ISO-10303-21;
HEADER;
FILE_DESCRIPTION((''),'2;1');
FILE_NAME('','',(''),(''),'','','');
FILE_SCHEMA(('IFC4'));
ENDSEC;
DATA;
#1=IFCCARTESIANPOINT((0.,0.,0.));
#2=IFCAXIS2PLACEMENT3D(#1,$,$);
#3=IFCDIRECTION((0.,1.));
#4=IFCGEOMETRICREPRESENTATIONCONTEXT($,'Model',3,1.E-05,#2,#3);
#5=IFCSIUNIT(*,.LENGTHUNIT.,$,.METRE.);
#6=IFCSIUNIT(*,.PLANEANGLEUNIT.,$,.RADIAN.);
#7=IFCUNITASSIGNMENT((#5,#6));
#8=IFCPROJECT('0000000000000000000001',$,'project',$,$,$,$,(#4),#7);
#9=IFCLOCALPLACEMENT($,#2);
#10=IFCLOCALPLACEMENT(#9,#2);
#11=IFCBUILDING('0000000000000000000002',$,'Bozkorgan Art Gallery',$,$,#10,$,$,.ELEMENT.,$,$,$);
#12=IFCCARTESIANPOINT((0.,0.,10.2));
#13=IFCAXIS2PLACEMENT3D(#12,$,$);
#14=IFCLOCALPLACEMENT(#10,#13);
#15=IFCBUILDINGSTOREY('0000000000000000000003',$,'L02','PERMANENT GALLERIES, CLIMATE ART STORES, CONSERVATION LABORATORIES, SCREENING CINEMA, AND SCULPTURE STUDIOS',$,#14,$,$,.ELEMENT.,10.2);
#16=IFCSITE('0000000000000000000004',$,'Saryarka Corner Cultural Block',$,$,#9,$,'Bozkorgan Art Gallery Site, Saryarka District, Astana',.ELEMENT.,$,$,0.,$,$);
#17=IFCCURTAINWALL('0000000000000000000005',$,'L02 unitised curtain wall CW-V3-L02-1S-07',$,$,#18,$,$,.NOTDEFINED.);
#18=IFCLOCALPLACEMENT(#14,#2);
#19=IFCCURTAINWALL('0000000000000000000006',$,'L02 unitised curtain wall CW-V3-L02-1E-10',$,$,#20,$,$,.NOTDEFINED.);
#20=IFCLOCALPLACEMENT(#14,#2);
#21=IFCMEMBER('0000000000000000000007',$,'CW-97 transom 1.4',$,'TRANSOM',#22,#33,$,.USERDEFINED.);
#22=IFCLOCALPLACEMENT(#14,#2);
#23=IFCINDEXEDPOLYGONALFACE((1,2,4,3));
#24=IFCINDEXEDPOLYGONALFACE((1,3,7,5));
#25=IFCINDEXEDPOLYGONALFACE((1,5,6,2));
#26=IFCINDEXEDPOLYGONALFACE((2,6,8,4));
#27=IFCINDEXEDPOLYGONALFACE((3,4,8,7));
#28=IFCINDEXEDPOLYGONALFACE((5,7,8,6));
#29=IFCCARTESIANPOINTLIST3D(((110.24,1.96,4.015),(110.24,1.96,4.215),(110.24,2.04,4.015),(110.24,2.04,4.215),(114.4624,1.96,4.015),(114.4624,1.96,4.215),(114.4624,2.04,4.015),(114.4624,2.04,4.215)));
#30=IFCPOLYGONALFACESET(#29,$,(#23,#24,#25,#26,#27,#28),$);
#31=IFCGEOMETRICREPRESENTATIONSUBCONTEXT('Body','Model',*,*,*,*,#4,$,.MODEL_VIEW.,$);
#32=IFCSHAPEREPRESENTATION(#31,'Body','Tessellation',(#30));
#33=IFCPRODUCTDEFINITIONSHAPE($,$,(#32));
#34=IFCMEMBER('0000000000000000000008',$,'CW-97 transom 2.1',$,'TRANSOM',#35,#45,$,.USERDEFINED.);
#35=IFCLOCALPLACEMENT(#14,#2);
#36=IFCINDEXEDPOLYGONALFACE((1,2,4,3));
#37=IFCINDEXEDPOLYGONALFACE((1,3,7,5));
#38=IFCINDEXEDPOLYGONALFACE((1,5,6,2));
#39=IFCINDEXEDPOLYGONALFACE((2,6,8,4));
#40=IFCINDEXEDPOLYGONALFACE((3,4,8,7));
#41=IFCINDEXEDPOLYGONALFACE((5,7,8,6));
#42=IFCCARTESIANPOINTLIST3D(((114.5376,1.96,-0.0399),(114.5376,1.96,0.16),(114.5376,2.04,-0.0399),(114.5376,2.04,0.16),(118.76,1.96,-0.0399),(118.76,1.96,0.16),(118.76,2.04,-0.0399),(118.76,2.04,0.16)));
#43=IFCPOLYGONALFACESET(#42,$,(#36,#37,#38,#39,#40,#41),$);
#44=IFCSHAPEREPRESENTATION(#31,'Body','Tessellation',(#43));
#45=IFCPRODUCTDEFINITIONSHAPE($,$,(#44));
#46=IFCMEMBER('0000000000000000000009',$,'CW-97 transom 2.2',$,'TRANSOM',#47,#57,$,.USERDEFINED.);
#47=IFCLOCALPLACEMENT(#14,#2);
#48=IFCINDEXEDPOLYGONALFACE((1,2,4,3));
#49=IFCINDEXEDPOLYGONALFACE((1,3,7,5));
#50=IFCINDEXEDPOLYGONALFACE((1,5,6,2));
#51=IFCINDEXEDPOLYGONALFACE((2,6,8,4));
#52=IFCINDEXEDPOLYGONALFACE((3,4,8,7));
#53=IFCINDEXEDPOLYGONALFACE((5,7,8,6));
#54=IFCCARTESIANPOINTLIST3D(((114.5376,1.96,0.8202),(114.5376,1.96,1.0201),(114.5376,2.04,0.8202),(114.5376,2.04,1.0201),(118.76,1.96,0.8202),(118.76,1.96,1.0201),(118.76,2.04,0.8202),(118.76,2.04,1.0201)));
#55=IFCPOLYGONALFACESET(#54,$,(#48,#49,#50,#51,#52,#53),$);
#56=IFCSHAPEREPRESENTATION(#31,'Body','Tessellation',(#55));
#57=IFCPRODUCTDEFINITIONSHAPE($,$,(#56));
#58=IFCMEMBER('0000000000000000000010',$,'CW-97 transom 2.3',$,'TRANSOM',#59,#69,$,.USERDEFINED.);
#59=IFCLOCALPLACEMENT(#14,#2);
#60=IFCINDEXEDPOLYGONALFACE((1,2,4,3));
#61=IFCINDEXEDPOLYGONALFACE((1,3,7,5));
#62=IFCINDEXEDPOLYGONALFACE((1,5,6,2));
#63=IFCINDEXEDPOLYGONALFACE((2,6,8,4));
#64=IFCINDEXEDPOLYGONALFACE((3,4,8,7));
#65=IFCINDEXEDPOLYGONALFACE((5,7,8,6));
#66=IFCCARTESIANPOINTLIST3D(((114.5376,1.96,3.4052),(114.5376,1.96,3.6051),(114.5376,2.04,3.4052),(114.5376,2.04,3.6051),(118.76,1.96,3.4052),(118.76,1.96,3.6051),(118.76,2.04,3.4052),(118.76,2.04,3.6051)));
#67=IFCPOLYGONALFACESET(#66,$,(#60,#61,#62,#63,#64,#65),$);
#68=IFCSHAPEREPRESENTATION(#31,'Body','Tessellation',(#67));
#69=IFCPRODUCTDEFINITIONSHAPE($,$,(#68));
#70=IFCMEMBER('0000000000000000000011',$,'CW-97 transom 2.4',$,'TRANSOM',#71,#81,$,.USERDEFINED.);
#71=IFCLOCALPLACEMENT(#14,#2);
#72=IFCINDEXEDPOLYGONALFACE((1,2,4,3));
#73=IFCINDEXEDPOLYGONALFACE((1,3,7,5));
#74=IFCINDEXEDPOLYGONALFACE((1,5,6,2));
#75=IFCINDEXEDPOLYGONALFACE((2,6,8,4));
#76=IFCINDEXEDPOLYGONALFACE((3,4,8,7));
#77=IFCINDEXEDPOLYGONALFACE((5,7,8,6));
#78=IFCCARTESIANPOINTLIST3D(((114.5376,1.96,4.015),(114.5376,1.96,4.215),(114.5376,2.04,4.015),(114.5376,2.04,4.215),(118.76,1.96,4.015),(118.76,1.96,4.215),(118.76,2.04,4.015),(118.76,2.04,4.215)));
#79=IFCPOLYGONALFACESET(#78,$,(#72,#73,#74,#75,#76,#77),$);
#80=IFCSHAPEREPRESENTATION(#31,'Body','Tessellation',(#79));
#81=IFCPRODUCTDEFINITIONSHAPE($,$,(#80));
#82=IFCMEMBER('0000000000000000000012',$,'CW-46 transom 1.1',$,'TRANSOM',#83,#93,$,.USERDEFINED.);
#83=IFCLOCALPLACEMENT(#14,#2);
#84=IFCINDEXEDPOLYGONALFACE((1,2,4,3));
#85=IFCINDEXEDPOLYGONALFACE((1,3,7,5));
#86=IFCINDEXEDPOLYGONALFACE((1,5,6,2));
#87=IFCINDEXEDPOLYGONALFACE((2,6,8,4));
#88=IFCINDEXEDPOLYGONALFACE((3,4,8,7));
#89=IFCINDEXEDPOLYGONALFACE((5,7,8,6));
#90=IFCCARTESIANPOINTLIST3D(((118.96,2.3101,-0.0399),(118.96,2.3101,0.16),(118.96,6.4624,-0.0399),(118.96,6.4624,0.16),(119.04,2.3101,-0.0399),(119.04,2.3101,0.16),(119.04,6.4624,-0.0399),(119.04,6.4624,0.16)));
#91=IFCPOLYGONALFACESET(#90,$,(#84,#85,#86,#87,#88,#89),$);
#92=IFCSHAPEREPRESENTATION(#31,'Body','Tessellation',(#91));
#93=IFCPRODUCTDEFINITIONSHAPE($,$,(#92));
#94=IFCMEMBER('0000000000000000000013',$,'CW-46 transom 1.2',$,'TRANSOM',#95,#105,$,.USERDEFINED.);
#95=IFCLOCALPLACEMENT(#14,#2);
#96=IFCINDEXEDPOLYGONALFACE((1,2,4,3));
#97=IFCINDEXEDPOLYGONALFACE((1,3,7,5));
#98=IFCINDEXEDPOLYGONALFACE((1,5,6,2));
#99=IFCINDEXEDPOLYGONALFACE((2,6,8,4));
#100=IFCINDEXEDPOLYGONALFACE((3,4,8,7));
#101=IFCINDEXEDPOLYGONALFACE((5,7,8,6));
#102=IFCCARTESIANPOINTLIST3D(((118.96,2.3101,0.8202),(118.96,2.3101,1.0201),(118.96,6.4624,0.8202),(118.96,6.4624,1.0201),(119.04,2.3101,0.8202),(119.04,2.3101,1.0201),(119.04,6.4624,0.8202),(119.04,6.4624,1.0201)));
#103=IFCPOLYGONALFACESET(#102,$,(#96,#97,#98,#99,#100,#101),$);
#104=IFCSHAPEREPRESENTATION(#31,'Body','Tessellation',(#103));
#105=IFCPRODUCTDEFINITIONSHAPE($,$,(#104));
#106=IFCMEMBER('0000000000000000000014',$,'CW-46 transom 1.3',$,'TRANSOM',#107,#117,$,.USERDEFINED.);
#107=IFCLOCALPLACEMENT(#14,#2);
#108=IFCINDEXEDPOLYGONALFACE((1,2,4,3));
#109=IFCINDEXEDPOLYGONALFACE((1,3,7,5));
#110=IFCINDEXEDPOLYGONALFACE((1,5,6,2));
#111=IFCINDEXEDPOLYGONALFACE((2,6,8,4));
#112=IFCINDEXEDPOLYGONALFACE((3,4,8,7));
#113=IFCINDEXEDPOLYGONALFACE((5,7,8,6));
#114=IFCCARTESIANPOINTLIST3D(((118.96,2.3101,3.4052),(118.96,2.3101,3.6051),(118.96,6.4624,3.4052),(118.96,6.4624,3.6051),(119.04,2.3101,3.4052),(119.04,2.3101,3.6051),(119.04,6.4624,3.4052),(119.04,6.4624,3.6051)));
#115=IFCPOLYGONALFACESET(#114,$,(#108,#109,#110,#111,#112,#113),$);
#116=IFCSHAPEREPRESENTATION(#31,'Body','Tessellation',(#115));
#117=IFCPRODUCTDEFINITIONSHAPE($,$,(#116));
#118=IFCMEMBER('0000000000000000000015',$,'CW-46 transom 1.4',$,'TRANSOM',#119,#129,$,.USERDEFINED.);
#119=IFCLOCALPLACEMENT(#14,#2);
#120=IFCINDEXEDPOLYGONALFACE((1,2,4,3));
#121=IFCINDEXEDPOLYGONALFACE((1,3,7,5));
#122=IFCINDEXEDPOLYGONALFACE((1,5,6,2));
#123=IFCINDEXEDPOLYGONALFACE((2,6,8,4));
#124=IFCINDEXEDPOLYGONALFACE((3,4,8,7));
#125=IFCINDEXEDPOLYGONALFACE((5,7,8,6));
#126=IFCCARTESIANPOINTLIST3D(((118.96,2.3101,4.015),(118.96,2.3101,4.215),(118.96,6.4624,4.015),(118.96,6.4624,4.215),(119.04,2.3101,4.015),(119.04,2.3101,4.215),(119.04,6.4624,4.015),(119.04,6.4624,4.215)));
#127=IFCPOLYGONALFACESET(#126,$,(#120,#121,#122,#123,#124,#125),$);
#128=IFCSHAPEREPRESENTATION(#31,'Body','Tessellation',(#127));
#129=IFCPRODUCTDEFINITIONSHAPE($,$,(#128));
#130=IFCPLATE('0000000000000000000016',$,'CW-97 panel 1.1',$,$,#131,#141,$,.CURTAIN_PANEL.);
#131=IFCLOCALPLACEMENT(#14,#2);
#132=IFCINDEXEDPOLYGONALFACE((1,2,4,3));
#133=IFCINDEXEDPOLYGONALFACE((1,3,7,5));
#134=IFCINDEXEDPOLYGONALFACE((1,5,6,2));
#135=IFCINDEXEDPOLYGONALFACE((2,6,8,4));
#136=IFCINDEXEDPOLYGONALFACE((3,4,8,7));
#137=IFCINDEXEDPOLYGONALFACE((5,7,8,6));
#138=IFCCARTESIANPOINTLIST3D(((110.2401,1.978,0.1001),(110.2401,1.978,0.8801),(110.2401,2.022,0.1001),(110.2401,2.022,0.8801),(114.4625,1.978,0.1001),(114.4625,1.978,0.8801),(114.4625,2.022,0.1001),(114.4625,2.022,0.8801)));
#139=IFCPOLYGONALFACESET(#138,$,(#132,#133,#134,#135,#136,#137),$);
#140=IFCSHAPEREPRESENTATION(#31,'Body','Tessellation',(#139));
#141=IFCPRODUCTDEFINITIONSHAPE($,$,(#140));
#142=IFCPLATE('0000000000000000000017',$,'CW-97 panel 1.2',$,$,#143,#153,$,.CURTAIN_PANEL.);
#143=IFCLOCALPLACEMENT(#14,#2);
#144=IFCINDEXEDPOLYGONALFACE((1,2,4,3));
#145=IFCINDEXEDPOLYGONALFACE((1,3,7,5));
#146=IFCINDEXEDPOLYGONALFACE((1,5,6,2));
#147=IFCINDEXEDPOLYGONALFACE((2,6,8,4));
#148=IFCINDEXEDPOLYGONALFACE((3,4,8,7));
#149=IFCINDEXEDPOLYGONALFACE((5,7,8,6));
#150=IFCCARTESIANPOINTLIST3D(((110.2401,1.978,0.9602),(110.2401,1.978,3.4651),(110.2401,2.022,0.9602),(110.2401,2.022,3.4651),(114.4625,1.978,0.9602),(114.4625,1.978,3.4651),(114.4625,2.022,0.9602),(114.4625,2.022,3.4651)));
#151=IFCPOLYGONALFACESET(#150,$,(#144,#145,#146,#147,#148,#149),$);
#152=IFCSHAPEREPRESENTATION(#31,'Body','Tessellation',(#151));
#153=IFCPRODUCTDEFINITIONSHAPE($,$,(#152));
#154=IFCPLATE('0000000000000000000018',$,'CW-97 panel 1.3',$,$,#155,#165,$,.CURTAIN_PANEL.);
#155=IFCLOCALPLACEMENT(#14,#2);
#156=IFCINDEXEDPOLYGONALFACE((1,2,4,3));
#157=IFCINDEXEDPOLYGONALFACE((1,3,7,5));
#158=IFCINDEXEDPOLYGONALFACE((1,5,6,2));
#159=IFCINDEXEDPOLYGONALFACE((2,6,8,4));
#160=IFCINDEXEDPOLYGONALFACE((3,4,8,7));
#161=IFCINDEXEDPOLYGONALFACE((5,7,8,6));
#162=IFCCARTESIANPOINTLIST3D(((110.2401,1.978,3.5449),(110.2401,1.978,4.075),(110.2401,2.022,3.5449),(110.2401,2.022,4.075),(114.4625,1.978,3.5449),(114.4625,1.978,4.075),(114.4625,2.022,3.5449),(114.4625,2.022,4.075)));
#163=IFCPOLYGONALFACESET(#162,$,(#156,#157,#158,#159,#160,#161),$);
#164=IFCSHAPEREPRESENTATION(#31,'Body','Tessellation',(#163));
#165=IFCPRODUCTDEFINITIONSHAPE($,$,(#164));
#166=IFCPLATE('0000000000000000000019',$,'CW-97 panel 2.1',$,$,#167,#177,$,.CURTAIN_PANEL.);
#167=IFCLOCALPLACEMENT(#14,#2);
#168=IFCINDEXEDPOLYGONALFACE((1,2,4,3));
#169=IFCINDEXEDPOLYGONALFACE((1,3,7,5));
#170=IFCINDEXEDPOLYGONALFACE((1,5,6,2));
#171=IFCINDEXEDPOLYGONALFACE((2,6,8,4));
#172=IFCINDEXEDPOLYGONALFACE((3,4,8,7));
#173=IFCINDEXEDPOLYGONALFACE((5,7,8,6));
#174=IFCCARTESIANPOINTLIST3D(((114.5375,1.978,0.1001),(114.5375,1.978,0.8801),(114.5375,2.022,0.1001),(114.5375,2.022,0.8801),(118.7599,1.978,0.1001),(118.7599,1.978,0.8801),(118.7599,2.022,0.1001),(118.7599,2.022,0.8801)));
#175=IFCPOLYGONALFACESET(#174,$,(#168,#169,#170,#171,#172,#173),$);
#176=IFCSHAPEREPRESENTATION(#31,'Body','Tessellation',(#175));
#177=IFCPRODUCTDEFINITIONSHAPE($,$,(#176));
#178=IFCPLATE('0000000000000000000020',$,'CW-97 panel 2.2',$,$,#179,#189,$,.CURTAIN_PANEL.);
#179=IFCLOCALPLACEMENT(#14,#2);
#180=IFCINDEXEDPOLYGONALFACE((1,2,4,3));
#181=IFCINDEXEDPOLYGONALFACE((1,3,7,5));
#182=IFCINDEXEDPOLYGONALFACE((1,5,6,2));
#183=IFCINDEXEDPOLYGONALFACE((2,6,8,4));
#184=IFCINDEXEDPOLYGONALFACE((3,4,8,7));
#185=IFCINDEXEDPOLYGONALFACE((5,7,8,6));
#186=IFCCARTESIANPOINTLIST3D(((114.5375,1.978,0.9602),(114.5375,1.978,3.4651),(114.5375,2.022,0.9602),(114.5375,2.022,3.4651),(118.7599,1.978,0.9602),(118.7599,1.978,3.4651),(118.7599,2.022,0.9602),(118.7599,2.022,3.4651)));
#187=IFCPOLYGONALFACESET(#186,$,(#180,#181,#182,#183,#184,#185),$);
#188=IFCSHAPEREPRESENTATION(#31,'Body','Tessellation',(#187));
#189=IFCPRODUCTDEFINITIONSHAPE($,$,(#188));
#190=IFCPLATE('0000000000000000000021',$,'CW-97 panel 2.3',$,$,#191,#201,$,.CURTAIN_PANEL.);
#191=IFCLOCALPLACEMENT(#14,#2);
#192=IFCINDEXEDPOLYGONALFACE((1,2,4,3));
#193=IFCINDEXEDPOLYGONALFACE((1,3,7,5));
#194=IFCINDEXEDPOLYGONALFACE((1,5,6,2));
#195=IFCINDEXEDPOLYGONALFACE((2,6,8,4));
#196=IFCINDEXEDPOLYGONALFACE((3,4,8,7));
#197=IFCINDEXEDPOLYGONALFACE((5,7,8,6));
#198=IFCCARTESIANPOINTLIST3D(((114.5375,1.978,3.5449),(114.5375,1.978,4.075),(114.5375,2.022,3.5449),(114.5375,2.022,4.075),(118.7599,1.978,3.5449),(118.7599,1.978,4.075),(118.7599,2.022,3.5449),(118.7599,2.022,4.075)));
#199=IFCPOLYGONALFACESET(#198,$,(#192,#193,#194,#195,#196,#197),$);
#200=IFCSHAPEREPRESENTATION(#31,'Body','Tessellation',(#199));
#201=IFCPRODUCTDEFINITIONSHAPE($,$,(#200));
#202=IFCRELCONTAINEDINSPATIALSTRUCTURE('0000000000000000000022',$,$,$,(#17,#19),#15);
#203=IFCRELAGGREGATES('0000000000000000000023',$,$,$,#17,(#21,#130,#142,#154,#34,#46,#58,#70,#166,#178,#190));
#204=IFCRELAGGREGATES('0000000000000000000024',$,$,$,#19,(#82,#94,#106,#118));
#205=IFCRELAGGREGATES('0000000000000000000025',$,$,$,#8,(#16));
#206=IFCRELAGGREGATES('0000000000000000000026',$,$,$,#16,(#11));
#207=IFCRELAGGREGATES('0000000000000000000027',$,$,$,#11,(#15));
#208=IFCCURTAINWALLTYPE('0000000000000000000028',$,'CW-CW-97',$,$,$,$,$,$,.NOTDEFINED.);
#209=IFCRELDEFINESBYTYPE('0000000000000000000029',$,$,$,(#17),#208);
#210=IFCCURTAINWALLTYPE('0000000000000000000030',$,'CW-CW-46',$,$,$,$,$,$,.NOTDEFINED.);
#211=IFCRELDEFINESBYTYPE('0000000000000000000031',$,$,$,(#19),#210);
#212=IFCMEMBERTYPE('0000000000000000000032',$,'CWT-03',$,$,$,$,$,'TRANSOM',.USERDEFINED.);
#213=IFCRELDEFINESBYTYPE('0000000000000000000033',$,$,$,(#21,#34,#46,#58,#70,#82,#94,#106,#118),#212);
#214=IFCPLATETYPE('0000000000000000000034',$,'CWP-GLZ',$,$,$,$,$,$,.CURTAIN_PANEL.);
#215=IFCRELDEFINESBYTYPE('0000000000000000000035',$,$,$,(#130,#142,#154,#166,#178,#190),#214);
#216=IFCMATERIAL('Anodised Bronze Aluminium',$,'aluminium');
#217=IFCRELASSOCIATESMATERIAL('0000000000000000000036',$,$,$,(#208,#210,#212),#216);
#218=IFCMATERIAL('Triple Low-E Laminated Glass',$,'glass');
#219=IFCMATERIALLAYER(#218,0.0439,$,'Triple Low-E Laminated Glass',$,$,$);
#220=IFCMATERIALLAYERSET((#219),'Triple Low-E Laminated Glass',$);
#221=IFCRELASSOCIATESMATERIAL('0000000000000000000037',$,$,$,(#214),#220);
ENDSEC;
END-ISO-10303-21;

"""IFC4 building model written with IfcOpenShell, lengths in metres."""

from ifc_helpers import new_model, si_unit, direction, frame, origin, origin_2d, place, context, subcontext, project, spatial, rectangle, extrude, material, layer, layer_set, material_profile, profile_set, type_object, element, aggregate, save


model = new_model("IFC4")

# Units and contexts
model_context = context("Model", 3, precision=1e-05, world=origin(), true_north=direction((0.0, 1.0)))
body_context = subcontext(model_context, "Body", "Model", "MODEL_VIEW")
ifc_project = project(units=[si_unit("LENGTHUNIT", "METRE"), si_unit("PLANEANGLEUNIT", "RADIAN")], contexts=[model_context])

# Site, building, storey
site_placement = place(None, origin())
site = spatial("IfcSite", under=ifc_project, at=site_placement, Name="Saryarka Corner Cultural Block", LongName="Bozkorgan Art Gallery Site, Saryarka District, Astana", CompositionType="ELEMENT", RefElevation=0.0)
building_placement = place(site_placement, origin())
building = spatial("IfcBuilding", under=site, at=building_placement, Name="Bozkorgan Art Gallery", CompositionType="ELEMENT")
storey_placement = place(building_placement, frame((0.0, 0.0, 10.2)))
storey = spatial("IfcBuildingStorey", under=building, at=storey_placement, Name="L02", Description="PERMANENT GALLERIES, CLIMATE ART STORES, CONSERVATION LABORATORIES, SCREENING CINEMA, AND SCULPTURE STUDIOS", CompositionType="ELEMENT", Elevation=10.2)

# Curtain walls
ifc_material_1 = material(Name="Anodised Bronze Aluminium", Category="aluminium")
curtain_wall_type_1 = type_object("IfcCurtainWallType", Name="CW-CW-97", PredefinedType="NOTDEFINED", material=ifc_material_1)
curtain_wall_1_placement = place(storey_placement, origin())
curtain_wall_1 = element("IfcCurtainWall", 1, at=curtain_wall_1_placement, inside=storey, type_object=curtain_wall_type_1, Name="L02 unitised curtain wall CW-V3-L02-1S-07", PredefinedType="NOTDEFINED")
curtain_wall_type_2 = type_object("IfcCurtainWallType", Name="CW-CW-46", PredefinedType="NOTDEFINED", material=ifc_material_1)
curtain_wall_2_placement = place(storey_placement, origin())
curtain_wall_2 = element("IfcCurtainWall", 2, at=curtain_wall_2_placement, inside=storey, type_object=curtain_wall_type_2, Name="L02 unitised curtain wall CW-V3-L02-1E-10", PredefinedType="NOTDEFINED")

# Members
ifc_material_profile_1 = material_profile(ifc_material_1, rectangle(XDim=0.0801, YDim=0.2, at=origin_2d()), Name="ALU TRANSOM 80x200")
ifc_profile_set_1 = profile_set([ifc_material_profile_1], Name="Anodised Bronze Aluminium")
member_type_1 = type_object("IfcMemberType", Name="CWT-03", ElementType="TRANSOM", PredefinedType="USERDEFINED", material=ifc_profile_set_1)
member_1_placement = place(storey_placement, frame((110.24, 2.0, 4.115), z_axis=(1.0, 0.0, 0.0), x_axis=(0.0, 1.0, 0.0)))
member_1 = element("IfcMember", 3, at=member_1_placement, type_object=member_type_1, Name="CW-97 transom 1.4", ObjectType="TRANSOM", PredefinedType="USERDEFINED", context=body_context, shape_type="SweptSolid", body=[
    extrude(rectangle(XDim=0.0801, YDim=0.2, at=origin_2d()), origin(), (0.0, 0.0, 1.0), 4.2224),
])
member_2_placement = place(storey_placement, frame((114.5376, 2.0, 0.0601), z_axis=(1.0, 0.0, 0.0), x_axis=(0.0, 1.0, 0.0)))
member_2 = element("IfcMember", 4, at=member_2_placement, type_object=member_type_1, Name="CW-97 transom 2.1", ObjectType="TRANSOM", PredefinedType="USERDEFINED", context=body_context, shape_type="SweptSolid", body=[
    extrude(rectangle(XDim=0.0801, YDim=0.2, at=origin_2d()), origin(), (0.0, 0.0, 1.0), 4.2224),
])
member_3_placement = place(storey_placement, frame((114.5376, 2.0, 0.9202), z_axis=(1.0, 0.0, 0.0), x_axis=(0.0, 1.0, 0.0)))
member_3 = element("IfcMember", 5, at=member_3_placement, type_object=member_type_1, Name="CW-97 transom 2.2", ObjectType="TRANSOM", PredefinedType="USERDEFINED", context=body_context, shape_type="SweptSolid", body=[
    extrude(rectangle(XDim=0.0801, YDim=0.2, at=origin_2d()), origin(), (0.0, 0.0, 1.0), 4.2224),
])
member_4_placement = place(storey_placement, frame((114.5376, 2.0, 3.5051), z_axis=(1.0, 0.0, 0.0), x_axis=(0.0, 1.0, 0.0)))
member_4 = element("IfcMember", 6, at=member_4_placement, type_object=member_type_1, Name="CW-97 transom 2.3", ObjectType="TRANSOM", PredefinedType="USERDEFINED", context=body_context, shape_type="SweptSolid", body=[
    extrude(rectangle(XDim=0.0801, YDim=0.2, at=origin_2d()), origin(), (0.0, 0.0, 1.0), 4.2224),
])
member_5_placement = place(storey_placement, frame((114.5376, 2.0, 4.115), z_axis=(1.0, 0.0, 0.0), x_axis=(0.0, 1.0, 0.0)))
member_5 = element("IfcMember", 7, at=member_5_placement, type_object=member_type_1, Name="CW-97 transom 2.4", ObjectType="TRANSOM", PredefinedType="USERDEFINED", context=body_context, shape_type="SweptSolid", body=[
    extrude(rectangle(XDim=0.0801, YDim=0.2, at=origin_2d()), origin(), (0.0, 0.0, 1.0), 4.2224),
])
member_6_placement = place(storey_placement, frame((119.0, 2.3101, 0.0601), z_axis=(0.0, 1.0, 0.0), x_axis=(-1.0, 0.0, 0.0)))
member_6 = element("IfcMember", 8, at=member_6_placement, type_object=member_type_1, Name="CW-46 transom 1.1", ObjectType="TRANSOM", PredefinedType="USERDEFINED", context=body_context, shape_type="SweptSolid", body=[
    extrude(rectangle(XDim=0.0801, YDim=0.2, at=origin_2d()), origin(), (0.0, 0.0, 1.0), 4.1523),
])
member_7_placement = place(storey_placement, frame((119.0, 2.3101, 0.9202), z_axis=(0.0, 1.0, 0.0), x_axis=(-1.0, 0.0, 0.0)))
member_7 = element("IfcMember", 9, at=member_7_placement, type_object=member_type_1, Name="CW-46 transom 1.2", ObjectType="TRANSOM", PredefinedType="USERDEFINED", context=body_context, shape_type="SweptSolid", body=[
    extrude(rectangle(XDim=0.0801, YDim=0.2, at=origin_2d()), origin(), (0.0, 0.0, 1.0), 4.1523),
])
member_8_placement = place(storey_placement, frame((119.0, 2.3101, 3.5051), z_axis=(0.0, 1.0, 0.0), x_axis=(-1.0, 0.0, 0.0)))
member_8 = element("IfcMember", 10, at=member_8_placement, type_object=member_type_1, Name="CW-46 transom 1.3", ObjectType="TRANSOM", PredefinedType="USERDEFINED", context=body_context, shape_type="SweptSolid", body=[
    extrude(rectangle(XDim=0.0801, YDim=0.2, at=origin_2d()), origin(), (0.0, 0.0, 1.0), 4.1523),
])
member_9_placement = place(storey_placement, frame((119.0, 2.3101, 4.115), z_axis=(0.0, 1.0, 0.0), x_axis=(-1.0, 0.0, 0.0)))
member_9 = element("IfcMember", 11, at=member_9_placement, type_object=member_type_1, Name="CW-46 transom 1.4", ObjectType="TRANSOM", PredefinedType="USERDEFINED", context=body_context, shape_type="SweptSolid", body=[
    extrude(rectangle(XDim=0.0801, YDim=0.2, at=origin_2d()), origin(), (0.0, 0.0, 1.0), 4.1523),
])

# Plates
ifc_material_2 = material(Name="Triple Low-E Laminated Glass", Category="glass")
ifc_layer_1 = layer(ifc_material_2, 0.0439, Name="Triple Low-E Laminated Glass")
ifc_layer_set_1 = layer_set([ifc_layer_1], Name="Triple Low-E Laminated Glass")
plate_type_1 = type_object("IfcPlateType", Name="CWP-GLZ", PredefinedType="CURTAIN_PANEL", material=ifc_layer_set_1)
plate_1_placement = place(storey_placement, frame((112.3513, 2.0, 0.1001), z_axis=(0.0, 0.0, 1.0), x_axis=(1.0, 0.0, 0.0)))
plate_1 = element("IfcPlate", 12, at=plate_1_placement, type_object=plate_type_1, Name="CW-97 panel 1.1", PredefinedType="CURTAIN_PANEL", context=body_context, shape_type="SweptSolid", body=[
    extrude(rectangle(XDim=4.2224, YDim=0.0439, at=origin_2d()), origin(), (0.0, 0.0, 1.0), 0.78),
])
plate_2_placement = place(storey_placement, frame((112.3513, 2.0, 0.9602), z_axis=(0.0, 0.0, 1.0), x_axis=(1.0, 0.0, 0.0)))
plate_2 = element("IfcPlate", 13, at=plate_2_placement, type_object=plate_type_1, Name="CW-97 panel 1.2", PredefinedType="CURTAIN_PANEL", context=body_context, shape_type="SweptSolid", body=[
    extrude(rectangle(XDim=4.2224, YDim=0.0439, at=origin_2d()), origin(), (0.0, 0.0, 1.0), 2.5049),
])
plate_3_placement = place(storey_placement, frame((112.3513, 2.0, 3.5449), z_axis=(0.0, 0.0, 1.0), x_axis=(1.0, 0.0, 0.0)))
plate_3 = element("IfcPlate", 14, at=plate_3_placement, type_object=plate_type_1, Name="CW-97 panel 1.3", PredefinedType="CURTAIN_PANEL", context=body_context, shape_type="SweptSolid", body=[
    extrude(rectangle(XDim=4.2224, YDim=0.0439, at=origin_2d()), origin(), (0.0, 0.0, 1.0), 0.53),
])
plate_4_placement = place(storey_placement, frame((116.6487, 2.0, 0.1001), z_axis=(0.0, 0.0, 1.0), x_axis=(1.0, 0.0, 0.0)))
plate_4 = element("IfcPlate", 15, at=plate_4_placement, type_object=plate_type_1, Name="CW-97 panel 2.1", PredefinedType="CURTAIN_PANEL", context=body_context, shape_type="SweptSolid", body=[
    extrude(rectangle(XDim=4.2224, YDim=0.0439, at=origin_2d()), origin(), (0.0, 0.0, 1.0), 0.78),
])
plate_5_placement = place(storey_placement, frame((116.6487, 2.0, 0.9602), z_axis=(0.0, 0.0, 1.0), x_axis=(1.0, 0.0, 0.0)))
plate_5 = element("IfcPlate", 16, at=plate_5_placement, type_object=plate_type_1, Name="CW-97 panel 2.2", PredefinedType="CURTAIN_PANEL", context=body_context, shape_type="SweptSolid", body=[
    extrude(rectangle(XDim=4.2224, YDim=0.0439, at=origin_2d()), origin(), (0.0, 0.0, 1.0), 2.5049),
])
plate_6_placement = place(storey_placement, frame((116.6487, 2.0, 3.5449), z_axis=(0.0, 0.0, 1.0), x_axis=(1.0, 0.0, 0.0)))
plate_6 = element("IfcPlate", 17, at=plate_6_placement, type_object=plate_type_1, Name="CW-97 panel 2.3", PredefinedType="CURTAIN_PANEL", context=body_context, shape_type="SweptSolid", body=[
    extrude(rectangle(XDim=4.2224, YDim=0.0439, at=origin_2d()), origin(), (0.0, 0.0, 1.0), 0.53),
])
aggregate(curtain_wall_1, [member_1, plate_1, plate_2, plate_3, member_2, member_3, member_4, member_5, plate_4, plate_5, plate_6])
aggregate(curtain_wall_2, [member_6, member_7, member_8, member_9])

save(model, "model.ifc")
